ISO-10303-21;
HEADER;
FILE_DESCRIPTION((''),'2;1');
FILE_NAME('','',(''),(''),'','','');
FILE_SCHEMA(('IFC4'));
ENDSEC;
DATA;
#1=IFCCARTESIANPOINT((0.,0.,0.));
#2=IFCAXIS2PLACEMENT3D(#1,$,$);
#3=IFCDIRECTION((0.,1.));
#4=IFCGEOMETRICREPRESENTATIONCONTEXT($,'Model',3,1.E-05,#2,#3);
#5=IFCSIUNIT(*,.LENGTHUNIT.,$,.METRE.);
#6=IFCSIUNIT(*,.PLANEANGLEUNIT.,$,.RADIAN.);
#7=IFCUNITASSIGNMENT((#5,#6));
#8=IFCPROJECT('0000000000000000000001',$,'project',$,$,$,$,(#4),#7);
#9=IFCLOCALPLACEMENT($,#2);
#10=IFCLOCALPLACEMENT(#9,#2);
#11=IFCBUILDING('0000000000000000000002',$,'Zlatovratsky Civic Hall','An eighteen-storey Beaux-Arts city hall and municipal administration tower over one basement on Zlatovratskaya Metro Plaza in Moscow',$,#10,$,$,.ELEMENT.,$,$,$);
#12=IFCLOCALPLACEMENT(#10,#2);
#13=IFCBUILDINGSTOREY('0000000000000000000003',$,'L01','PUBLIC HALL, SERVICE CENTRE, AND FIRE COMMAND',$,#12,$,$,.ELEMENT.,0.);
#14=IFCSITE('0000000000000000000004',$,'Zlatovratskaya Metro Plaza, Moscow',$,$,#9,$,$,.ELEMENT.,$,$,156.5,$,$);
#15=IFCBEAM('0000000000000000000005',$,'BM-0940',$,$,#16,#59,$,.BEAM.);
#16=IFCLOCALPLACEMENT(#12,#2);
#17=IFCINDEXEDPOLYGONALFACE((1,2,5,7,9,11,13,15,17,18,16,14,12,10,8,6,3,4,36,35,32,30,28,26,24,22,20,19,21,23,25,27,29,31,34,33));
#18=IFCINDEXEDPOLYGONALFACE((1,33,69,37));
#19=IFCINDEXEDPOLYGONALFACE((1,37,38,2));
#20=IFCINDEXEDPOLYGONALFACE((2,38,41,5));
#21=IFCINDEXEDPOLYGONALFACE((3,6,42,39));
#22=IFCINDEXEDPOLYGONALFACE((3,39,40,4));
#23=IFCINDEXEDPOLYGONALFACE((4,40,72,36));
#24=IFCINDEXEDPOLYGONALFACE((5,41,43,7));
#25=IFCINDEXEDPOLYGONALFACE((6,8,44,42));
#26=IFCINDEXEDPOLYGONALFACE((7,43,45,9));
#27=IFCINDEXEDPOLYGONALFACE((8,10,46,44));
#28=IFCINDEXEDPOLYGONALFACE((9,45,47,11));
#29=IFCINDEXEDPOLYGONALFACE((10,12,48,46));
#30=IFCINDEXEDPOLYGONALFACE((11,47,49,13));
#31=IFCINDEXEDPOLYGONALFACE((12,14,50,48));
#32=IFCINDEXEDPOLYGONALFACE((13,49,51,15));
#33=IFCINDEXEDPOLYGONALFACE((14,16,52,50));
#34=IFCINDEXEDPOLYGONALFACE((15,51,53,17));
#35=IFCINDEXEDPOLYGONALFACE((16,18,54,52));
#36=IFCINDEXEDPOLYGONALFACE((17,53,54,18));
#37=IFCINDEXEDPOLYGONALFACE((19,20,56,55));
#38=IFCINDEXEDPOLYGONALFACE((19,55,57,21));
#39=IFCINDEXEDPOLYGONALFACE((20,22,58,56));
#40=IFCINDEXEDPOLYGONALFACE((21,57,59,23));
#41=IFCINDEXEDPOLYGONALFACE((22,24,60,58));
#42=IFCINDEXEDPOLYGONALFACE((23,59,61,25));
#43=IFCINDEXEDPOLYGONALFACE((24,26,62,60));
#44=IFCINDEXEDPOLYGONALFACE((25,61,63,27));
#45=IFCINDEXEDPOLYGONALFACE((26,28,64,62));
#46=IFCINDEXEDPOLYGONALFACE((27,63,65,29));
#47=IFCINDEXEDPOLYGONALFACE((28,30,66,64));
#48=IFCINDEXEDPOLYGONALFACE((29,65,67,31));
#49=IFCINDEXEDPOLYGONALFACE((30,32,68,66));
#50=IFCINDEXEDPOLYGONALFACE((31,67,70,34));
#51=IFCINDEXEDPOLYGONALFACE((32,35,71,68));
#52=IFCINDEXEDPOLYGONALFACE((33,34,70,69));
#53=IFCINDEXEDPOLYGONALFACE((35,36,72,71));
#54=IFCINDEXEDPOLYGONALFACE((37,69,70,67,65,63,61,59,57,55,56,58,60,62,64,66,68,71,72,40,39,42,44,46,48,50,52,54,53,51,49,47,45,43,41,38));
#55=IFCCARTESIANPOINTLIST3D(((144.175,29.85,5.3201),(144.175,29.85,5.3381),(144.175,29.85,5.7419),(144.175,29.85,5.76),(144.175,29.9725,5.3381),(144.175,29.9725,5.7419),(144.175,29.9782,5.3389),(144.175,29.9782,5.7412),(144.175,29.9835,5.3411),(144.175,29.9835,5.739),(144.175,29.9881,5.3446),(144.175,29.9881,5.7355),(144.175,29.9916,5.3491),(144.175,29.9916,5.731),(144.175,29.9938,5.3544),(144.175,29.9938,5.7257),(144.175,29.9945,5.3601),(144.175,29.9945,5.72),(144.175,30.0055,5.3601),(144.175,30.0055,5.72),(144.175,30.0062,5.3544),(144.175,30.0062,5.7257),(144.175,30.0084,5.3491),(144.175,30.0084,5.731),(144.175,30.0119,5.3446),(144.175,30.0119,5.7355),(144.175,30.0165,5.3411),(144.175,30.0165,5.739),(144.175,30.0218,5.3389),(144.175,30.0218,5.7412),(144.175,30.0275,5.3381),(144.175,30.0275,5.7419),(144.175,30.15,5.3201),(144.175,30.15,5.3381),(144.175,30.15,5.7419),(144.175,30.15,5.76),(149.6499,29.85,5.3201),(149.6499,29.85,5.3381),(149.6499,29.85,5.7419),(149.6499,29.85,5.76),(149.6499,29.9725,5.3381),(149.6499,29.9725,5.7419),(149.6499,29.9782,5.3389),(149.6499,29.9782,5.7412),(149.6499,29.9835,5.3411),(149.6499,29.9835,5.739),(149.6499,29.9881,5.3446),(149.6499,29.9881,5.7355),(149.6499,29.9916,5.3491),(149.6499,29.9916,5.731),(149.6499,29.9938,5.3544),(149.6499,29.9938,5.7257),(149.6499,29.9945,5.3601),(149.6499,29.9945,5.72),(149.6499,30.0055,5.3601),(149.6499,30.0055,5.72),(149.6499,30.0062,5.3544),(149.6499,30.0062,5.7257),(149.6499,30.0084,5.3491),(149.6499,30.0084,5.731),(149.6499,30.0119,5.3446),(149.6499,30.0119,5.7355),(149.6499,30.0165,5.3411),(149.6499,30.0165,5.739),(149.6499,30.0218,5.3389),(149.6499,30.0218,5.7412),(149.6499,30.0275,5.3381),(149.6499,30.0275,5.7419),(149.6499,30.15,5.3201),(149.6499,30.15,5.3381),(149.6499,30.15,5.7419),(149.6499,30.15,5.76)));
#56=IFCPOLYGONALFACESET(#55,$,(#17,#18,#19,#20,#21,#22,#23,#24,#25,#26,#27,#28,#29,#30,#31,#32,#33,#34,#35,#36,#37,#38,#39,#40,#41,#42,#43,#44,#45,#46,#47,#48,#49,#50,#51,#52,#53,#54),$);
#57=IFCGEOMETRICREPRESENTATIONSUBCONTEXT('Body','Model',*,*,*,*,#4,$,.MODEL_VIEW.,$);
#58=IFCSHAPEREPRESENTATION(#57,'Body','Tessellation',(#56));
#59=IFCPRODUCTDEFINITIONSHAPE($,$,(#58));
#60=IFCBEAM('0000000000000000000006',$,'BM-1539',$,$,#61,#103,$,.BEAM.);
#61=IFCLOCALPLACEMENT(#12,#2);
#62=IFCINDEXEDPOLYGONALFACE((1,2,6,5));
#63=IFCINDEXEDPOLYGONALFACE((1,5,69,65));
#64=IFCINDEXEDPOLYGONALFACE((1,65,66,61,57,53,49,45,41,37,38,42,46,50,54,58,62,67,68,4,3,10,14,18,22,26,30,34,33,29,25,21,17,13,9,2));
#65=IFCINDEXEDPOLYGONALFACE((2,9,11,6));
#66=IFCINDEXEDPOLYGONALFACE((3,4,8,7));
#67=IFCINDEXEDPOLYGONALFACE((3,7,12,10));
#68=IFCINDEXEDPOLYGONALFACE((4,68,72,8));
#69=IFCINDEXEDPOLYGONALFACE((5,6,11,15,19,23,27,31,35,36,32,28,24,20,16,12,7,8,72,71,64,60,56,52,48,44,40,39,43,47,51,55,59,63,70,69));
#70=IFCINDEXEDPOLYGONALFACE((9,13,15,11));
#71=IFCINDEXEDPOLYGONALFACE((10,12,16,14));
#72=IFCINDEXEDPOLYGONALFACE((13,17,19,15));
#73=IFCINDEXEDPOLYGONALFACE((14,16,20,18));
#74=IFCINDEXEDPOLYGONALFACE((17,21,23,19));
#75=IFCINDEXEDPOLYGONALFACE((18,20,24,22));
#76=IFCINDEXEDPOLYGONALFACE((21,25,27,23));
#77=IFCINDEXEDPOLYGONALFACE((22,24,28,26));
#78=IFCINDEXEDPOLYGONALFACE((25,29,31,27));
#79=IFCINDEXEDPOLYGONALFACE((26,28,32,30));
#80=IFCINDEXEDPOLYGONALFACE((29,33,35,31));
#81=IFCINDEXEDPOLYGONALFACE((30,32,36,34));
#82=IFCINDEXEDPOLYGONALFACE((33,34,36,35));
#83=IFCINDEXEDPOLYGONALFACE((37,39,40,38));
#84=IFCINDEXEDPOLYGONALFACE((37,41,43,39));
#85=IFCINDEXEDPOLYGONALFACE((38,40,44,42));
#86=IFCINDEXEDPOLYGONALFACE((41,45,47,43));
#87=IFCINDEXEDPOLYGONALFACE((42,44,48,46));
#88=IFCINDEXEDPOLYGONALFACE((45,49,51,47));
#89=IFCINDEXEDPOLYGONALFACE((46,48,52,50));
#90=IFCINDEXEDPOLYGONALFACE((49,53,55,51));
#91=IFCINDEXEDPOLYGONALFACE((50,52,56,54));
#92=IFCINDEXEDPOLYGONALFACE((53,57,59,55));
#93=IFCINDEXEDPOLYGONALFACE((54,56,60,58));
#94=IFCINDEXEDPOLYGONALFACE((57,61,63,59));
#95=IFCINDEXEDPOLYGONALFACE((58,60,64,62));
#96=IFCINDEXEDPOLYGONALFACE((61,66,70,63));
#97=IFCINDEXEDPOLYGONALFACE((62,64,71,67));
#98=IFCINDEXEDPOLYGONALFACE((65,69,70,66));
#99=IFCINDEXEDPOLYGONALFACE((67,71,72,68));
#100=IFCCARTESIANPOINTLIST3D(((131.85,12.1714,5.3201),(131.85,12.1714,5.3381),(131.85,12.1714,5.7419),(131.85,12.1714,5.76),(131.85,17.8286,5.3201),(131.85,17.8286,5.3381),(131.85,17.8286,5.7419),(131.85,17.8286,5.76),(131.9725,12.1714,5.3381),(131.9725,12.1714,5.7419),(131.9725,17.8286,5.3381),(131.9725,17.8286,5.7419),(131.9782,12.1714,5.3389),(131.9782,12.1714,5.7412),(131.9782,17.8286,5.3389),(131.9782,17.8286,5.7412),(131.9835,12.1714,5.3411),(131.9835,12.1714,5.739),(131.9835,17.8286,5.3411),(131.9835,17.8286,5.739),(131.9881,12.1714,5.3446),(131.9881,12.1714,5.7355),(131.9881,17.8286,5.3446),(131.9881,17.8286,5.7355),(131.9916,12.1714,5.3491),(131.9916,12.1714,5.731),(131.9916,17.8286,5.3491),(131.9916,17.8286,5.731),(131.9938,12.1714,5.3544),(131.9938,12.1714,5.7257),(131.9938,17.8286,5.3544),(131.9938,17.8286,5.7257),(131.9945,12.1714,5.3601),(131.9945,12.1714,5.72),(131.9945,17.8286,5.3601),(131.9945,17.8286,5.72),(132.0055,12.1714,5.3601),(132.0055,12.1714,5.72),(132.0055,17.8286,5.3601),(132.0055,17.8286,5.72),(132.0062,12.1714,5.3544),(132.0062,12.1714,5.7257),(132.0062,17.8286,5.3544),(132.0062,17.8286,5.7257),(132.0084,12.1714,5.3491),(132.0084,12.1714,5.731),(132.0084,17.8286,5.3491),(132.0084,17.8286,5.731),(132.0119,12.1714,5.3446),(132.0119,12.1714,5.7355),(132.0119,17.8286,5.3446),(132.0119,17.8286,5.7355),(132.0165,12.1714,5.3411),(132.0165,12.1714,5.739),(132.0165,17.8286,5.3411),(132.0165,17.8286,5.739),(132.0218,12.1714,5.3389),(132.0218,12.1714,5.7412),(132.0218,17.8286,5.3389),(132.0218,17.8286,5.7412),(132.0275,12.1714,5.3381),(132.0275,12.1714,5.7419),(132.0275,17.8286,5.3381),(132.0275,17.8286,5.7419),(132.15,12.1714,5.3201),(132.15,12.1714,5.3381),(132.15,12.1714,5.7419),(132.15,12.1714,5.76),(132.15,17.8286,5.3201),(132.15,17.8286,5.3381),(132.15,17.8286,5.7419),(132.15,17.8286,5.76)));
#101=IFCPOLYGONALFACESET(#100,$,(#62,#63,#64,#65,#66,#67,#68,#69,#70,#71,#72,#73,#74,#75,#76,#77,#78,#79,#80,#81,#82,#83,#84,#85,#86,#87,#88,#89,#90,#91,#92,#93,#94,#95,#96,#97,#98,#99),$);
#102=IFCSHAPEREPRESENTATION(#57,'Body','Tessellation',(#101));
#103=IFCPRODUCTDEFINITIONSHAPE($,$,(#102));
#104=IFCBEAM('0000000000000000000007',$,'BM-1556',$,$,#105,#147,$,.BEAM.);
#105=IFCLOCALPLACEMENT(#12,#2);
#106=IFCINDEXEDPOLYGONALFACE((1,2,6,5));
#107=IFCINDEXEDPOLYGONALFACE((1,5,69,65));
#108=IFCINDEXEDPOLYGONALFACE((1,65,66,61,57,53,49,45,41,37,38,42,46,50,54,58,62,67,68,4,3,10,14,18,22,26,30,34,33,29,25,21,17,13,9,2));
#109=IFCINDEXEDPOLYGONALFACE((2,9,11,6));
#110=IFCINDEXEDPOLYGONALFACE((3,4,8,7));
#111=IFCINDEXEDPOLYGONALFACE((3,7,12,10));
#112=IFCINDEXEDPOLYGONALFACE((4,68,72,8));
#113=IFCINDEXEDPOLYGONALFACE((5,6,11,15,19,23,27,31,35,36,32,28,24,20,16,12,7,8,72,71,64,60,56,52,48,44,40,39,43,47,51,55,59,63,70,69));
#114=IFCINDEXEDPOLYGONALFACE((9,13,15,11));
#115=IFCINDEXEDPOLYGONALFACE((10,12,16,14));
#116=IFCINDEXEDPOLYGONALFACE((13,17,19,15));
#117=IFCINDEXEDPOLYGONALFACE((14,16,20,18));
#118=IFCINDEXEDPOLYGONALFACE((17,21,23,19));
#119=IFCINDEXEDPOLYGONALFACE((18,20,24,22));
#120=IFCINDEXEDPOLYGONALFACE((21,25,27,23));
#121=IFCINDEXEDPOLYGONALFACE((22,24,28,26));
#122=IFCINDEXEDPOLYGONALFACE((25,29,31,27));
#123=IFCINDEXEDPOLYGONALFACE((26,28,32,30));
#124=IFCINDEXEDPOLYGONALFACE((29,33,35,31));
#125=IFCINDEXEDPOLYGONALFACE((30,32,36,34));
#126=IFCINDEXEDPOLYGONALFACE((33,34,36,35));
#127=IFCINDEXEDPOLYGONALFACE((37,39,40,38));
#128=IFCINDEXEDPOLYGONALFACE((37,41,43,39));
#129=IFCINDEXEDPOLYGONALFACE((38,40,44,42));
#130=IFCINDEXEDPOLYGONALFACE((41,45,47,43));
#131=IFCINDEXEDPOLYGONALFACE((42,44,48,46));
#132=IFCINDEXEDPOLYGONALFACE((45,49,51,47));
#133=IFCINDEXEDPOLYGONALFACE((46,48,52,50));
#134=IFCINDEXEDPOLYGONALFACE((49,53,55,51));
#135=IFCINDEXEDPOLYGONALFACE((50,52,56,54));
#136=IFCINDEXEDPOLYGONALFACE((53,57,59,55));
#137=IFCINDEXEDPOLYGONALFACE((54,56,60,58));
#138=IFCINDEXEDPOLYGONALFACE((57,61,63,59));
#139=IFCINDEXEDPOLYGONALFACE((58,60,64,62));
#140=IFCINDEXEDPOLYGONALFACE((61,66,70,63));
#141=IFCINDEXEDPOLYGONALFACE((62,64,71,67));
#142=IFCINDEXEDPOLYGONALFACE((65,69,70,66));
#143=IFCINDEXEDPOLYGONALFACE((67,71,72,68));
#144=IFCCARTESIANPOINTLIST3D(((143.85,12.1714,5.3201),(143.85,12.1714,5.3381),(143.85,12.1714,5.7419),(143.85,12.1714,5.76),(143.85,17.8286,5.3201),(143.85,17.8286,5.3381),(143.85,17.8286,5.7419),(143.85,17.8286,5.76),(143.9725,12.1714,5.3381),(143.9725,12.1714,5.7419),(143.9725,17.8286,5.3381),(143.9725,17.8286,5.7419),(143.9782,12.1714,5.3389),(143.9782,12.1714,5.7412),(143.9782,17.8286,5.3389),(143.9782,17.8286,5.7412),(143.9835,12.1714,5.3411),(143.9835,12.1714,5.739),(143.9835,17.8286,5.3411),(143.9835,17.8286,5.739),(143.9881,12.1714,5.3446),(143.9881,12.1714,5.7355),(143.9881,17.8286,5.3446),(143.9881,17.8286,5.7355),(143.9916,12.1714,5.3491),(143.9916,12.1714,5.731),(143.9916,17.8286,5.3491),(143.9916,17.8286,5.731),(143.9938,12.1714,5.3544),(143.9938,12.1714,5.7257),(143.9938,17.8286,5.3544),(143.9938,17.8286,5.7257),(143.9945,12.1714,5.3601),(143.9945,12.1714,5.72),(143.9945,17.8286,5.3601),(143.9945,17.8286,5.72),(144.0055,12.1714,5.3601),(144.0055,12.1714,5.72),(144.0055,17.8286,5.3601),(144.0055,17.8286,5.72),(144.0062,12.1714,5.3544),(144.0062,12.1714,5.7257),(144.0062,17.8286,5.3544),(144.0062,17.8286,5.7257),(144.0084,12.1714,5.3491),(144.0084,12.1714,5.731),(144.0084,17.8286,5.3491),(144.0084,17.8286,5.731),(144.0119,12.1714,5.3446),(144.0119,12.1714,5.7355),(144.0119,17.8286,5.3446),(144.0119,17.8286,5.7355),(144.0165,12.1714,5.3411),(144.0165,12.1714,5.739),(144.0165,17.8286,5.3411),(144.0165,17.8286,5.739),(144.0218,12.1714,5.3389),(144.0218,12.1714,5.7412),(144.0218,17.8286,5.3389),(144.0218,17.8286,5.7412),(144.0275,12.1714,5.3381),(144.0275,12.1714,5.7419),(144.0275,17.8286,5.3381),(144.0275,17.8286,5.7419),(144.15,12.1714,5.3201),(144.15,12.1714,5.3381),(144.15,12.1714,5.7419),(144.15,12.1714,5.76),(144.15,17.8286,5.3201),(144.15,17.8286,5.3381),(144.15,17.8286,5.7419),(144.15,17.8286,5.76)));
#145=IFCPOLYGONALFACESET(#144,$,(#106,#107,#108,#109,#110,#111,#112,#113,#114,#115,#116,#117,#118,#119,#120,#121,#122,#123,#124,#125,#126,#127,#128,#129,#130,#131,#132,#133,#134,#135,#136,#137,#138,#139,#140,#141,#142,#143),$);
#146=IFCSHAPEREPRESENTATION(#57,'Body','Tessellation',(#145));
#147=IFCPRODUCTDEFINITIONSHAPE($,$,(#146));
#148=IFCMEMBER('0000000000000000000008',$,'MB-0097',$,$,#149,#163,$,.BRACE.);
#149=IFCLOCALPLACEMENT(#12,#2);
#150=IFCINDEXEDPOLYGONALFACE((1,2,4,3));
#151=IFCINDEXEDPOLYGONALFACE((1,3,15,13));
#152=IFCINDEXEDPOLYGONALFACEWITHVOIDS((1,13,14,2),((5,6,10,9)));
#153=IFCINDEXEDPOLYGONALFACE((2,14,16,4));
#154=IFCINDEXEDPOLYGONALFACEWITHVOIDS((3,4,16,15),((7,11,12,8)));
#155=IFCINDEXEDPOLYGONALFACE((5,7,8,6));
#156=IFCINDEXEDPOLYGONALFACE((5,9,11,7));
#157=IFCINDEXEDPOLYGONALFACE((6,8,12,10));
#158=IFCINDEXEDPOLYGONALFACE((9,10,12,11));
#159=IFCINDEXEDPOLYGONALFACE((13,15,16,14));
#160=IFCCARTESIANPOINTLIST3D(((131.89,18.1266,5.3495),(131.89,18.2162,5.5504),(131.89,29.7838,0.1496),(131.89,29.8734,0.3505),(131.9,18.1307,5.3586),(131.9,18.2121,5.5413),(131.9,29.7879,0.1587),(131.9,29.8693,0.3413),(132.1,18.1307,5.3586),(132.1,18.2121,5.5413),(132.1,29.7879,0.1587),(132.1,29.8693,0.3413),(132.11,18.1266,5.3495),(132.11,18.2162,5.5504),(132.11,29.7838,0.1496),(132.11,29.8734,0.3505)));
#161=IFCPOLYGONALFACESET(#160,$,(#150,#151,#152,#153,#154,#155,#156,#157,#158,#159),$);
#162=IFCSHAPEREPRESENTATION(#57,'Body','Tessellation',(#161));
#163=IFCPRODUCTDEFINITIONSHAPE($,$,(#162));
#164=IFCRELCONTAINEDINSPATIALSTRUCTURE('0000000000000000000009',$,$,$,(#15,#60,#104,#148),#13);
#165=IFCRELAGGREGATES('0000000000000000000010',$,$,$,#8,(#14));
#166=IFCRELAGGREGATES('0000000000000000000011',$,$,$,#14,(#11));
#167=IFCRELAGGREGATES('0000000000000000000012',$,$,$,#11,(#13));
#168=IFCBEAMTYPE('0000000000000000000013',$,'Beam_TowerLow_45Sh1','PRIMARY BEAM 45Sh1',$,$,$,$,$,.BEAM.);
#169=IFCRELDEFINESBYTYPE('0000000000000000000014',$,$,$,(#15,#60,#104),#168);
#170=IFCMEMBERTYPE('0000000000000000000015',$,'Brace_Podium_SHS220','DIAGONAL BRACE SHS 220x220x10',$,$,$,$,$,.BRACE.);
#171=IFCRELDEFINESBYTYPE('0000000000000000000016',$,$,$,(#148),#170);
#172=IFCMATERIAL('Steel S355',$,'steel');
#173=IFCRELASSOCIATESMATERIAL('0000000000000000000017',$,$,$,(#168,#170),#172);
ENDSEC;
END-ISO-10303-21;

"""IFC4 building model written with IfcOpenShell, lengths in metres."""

from ifc_helpers import new_model, si_unit, direction, frame, origin, origin_2d, place, context, subcontext, project, spatial, hollow_rectangle, i_section, extrude, material, material_profile, profile_set, type_object, element, save


model = new_model("IFC4")

# Units and contexts
model_context = context("Model", 3, precision=1e-05, world=origin(), true_north=direction((0.0, 1.0)))
body_context = subcontext(model_context, "Body", "Model", "MODEL_VIEW")
ifc_project = project(units=[si_unit("LENGTHUNIT", "METRE"), si_unit("PLANEANGLEUNIT", "RADIAN")], contexts=[model_context])

# Site, building, storey
site_placement = place(None, origin())
site = spatial("IfcSite", under=ifc_project, at=site_placement, Name="Zlatovratskaya Metro Plaza, Moscow", CompositionType="ELEMENT", RefElevation=156.5)
building_placement = place(site_placement, origin())
building = spatial("IfcBuilding", under=site, at=building_placement, Name="Zlatovratsky Civic Hall", Description="An eighteen-storey Beaux-Arts city hall and municipal administration tower over one basement on Zlatovratskaya Metro Plaza in Moscow", CompositionType="ELEMENT")
storey_placement = place(building_placement, origin())
storey = spatial("IfcBuildingStorey", under=building, at=storey_placement, Name="L01", Description="PUBLIC HALL, SERVICE CENTRE, AND FIRE COMMAND", CompositionType="ELEMENT", Elevation=0.0)

# Shared definitions
ifc_material_1 = material(Name="Steel S355", Category="steel")

# Beams
ifc_material_profile_1 = material_profile(ifc_material_1, i_section(OverallWidth=0.3, OverallDepth=0.4399, WebThickness=0.011, FlangeThickness=0.0181, FilletRadius=0.022, at=origin_2d()), Name="45Sh1")
ifc_profile_set_1 = profile_set([ifc_material_profile_1], Name="Steel S355")
beam_type_1 = type_object("IfcBeamType", Name="Beam_TowerLow_45Sh1", Description="PRIMARY BEAM 45Sh1", PredefinedType="BEAM", material=ifc_profile_set_1)
for number, where, z_axis, x_axis, name in (
    (1, (144.175, 30.0, 5.54), (1.0, 0.0, 0.0), (0.0, 1.0, 0.0), "BM-0940"),
):
    element("IfcBeam", number, at=place(storey_placement, frame(where, z_axis=z_axis, x_axis=x_axis)), inside=storey, type_object=beam_type_1, Name=name, PredefinedType="BEAM", context=body_context, shape_type="SweptSolid", body=[
        extrude(i_section(OverallWidth=0.3, OverallDepth=0.4399, WebThickness=0.011, FlangeThickness=0.0181, FilletRadius=0.022, at=origin_2d()), origin(), (0.0, 0.0, 1.0), 5.4749),
    ])
for number, where, z_axis, x_axis, name in (
    (2, (132.0, 12.1714, 5.54), (0.0, 1.0, 0.0), (-1.0, 0.0, 0.0), "BM-1539"),
    (3, (144.0, 12.1714, 5.54), (0.0, 1.0, 0.0), (-1.0, 0.0, 0.0), "BM-1556"),
):
    element("IfcBeam", number, at=place(storey_placement, frame(where, z_axis=z_axis, x_axis=x_axis)), inside=storey, type_object=beam_type_1, Name=name, PredefinedType="BEAM", context=body_context, shape_type="SweptSolid", body=[
        extrude(i_section(OverallWidth=0.3, OverallDepth=0.4399, WebThickness=0.011, FlangeThickness=0.0181, FilletRadius=0.022, at=origin_2d()), origin(), (0.0, 0.0, 1.0), 5.6572),
    ])

# Member
ifc_material_profile_2 = material_profile(ifc_material_1, hollow_rectangle(XDim=0.22, YDim=0.22, WallThickness=0.01, at=origin_2d()), Name="SHS 220x220x10")
ifc_profile_set_2 = profile_set([ifc_material_profile_2], Name="Steel S355")
member_type = type_object("IfcMemberType", Name="Brace_Podium_SHS220", Description="DIAGONAL BRACE SHS 220x220x10", PredefinedType="BRACE", material=ifc_profile_set_2)
member_placement = place(storey_placement, frame((132.0, 18.1714, 5.45), z_axis=(0.0, 0.913259, -0.407379), x_axis=(-1.0, 0.0, 0.0)))
element("IfcMember", 4, at=member_placement, inside=storey, type_object=member_type, Name="MB-0097", PredefinedType="BRACE", context=body_context, shape_type="SweptSolid", body=[
    extrude(hollow_rectangle(XDim=0.22, YDim=0.22, WallThickness=0.01, at=origin_2d()), origin(), (0.0, 0.0, 1.0), 12.7644),
])

save(model, "model.ifc")
